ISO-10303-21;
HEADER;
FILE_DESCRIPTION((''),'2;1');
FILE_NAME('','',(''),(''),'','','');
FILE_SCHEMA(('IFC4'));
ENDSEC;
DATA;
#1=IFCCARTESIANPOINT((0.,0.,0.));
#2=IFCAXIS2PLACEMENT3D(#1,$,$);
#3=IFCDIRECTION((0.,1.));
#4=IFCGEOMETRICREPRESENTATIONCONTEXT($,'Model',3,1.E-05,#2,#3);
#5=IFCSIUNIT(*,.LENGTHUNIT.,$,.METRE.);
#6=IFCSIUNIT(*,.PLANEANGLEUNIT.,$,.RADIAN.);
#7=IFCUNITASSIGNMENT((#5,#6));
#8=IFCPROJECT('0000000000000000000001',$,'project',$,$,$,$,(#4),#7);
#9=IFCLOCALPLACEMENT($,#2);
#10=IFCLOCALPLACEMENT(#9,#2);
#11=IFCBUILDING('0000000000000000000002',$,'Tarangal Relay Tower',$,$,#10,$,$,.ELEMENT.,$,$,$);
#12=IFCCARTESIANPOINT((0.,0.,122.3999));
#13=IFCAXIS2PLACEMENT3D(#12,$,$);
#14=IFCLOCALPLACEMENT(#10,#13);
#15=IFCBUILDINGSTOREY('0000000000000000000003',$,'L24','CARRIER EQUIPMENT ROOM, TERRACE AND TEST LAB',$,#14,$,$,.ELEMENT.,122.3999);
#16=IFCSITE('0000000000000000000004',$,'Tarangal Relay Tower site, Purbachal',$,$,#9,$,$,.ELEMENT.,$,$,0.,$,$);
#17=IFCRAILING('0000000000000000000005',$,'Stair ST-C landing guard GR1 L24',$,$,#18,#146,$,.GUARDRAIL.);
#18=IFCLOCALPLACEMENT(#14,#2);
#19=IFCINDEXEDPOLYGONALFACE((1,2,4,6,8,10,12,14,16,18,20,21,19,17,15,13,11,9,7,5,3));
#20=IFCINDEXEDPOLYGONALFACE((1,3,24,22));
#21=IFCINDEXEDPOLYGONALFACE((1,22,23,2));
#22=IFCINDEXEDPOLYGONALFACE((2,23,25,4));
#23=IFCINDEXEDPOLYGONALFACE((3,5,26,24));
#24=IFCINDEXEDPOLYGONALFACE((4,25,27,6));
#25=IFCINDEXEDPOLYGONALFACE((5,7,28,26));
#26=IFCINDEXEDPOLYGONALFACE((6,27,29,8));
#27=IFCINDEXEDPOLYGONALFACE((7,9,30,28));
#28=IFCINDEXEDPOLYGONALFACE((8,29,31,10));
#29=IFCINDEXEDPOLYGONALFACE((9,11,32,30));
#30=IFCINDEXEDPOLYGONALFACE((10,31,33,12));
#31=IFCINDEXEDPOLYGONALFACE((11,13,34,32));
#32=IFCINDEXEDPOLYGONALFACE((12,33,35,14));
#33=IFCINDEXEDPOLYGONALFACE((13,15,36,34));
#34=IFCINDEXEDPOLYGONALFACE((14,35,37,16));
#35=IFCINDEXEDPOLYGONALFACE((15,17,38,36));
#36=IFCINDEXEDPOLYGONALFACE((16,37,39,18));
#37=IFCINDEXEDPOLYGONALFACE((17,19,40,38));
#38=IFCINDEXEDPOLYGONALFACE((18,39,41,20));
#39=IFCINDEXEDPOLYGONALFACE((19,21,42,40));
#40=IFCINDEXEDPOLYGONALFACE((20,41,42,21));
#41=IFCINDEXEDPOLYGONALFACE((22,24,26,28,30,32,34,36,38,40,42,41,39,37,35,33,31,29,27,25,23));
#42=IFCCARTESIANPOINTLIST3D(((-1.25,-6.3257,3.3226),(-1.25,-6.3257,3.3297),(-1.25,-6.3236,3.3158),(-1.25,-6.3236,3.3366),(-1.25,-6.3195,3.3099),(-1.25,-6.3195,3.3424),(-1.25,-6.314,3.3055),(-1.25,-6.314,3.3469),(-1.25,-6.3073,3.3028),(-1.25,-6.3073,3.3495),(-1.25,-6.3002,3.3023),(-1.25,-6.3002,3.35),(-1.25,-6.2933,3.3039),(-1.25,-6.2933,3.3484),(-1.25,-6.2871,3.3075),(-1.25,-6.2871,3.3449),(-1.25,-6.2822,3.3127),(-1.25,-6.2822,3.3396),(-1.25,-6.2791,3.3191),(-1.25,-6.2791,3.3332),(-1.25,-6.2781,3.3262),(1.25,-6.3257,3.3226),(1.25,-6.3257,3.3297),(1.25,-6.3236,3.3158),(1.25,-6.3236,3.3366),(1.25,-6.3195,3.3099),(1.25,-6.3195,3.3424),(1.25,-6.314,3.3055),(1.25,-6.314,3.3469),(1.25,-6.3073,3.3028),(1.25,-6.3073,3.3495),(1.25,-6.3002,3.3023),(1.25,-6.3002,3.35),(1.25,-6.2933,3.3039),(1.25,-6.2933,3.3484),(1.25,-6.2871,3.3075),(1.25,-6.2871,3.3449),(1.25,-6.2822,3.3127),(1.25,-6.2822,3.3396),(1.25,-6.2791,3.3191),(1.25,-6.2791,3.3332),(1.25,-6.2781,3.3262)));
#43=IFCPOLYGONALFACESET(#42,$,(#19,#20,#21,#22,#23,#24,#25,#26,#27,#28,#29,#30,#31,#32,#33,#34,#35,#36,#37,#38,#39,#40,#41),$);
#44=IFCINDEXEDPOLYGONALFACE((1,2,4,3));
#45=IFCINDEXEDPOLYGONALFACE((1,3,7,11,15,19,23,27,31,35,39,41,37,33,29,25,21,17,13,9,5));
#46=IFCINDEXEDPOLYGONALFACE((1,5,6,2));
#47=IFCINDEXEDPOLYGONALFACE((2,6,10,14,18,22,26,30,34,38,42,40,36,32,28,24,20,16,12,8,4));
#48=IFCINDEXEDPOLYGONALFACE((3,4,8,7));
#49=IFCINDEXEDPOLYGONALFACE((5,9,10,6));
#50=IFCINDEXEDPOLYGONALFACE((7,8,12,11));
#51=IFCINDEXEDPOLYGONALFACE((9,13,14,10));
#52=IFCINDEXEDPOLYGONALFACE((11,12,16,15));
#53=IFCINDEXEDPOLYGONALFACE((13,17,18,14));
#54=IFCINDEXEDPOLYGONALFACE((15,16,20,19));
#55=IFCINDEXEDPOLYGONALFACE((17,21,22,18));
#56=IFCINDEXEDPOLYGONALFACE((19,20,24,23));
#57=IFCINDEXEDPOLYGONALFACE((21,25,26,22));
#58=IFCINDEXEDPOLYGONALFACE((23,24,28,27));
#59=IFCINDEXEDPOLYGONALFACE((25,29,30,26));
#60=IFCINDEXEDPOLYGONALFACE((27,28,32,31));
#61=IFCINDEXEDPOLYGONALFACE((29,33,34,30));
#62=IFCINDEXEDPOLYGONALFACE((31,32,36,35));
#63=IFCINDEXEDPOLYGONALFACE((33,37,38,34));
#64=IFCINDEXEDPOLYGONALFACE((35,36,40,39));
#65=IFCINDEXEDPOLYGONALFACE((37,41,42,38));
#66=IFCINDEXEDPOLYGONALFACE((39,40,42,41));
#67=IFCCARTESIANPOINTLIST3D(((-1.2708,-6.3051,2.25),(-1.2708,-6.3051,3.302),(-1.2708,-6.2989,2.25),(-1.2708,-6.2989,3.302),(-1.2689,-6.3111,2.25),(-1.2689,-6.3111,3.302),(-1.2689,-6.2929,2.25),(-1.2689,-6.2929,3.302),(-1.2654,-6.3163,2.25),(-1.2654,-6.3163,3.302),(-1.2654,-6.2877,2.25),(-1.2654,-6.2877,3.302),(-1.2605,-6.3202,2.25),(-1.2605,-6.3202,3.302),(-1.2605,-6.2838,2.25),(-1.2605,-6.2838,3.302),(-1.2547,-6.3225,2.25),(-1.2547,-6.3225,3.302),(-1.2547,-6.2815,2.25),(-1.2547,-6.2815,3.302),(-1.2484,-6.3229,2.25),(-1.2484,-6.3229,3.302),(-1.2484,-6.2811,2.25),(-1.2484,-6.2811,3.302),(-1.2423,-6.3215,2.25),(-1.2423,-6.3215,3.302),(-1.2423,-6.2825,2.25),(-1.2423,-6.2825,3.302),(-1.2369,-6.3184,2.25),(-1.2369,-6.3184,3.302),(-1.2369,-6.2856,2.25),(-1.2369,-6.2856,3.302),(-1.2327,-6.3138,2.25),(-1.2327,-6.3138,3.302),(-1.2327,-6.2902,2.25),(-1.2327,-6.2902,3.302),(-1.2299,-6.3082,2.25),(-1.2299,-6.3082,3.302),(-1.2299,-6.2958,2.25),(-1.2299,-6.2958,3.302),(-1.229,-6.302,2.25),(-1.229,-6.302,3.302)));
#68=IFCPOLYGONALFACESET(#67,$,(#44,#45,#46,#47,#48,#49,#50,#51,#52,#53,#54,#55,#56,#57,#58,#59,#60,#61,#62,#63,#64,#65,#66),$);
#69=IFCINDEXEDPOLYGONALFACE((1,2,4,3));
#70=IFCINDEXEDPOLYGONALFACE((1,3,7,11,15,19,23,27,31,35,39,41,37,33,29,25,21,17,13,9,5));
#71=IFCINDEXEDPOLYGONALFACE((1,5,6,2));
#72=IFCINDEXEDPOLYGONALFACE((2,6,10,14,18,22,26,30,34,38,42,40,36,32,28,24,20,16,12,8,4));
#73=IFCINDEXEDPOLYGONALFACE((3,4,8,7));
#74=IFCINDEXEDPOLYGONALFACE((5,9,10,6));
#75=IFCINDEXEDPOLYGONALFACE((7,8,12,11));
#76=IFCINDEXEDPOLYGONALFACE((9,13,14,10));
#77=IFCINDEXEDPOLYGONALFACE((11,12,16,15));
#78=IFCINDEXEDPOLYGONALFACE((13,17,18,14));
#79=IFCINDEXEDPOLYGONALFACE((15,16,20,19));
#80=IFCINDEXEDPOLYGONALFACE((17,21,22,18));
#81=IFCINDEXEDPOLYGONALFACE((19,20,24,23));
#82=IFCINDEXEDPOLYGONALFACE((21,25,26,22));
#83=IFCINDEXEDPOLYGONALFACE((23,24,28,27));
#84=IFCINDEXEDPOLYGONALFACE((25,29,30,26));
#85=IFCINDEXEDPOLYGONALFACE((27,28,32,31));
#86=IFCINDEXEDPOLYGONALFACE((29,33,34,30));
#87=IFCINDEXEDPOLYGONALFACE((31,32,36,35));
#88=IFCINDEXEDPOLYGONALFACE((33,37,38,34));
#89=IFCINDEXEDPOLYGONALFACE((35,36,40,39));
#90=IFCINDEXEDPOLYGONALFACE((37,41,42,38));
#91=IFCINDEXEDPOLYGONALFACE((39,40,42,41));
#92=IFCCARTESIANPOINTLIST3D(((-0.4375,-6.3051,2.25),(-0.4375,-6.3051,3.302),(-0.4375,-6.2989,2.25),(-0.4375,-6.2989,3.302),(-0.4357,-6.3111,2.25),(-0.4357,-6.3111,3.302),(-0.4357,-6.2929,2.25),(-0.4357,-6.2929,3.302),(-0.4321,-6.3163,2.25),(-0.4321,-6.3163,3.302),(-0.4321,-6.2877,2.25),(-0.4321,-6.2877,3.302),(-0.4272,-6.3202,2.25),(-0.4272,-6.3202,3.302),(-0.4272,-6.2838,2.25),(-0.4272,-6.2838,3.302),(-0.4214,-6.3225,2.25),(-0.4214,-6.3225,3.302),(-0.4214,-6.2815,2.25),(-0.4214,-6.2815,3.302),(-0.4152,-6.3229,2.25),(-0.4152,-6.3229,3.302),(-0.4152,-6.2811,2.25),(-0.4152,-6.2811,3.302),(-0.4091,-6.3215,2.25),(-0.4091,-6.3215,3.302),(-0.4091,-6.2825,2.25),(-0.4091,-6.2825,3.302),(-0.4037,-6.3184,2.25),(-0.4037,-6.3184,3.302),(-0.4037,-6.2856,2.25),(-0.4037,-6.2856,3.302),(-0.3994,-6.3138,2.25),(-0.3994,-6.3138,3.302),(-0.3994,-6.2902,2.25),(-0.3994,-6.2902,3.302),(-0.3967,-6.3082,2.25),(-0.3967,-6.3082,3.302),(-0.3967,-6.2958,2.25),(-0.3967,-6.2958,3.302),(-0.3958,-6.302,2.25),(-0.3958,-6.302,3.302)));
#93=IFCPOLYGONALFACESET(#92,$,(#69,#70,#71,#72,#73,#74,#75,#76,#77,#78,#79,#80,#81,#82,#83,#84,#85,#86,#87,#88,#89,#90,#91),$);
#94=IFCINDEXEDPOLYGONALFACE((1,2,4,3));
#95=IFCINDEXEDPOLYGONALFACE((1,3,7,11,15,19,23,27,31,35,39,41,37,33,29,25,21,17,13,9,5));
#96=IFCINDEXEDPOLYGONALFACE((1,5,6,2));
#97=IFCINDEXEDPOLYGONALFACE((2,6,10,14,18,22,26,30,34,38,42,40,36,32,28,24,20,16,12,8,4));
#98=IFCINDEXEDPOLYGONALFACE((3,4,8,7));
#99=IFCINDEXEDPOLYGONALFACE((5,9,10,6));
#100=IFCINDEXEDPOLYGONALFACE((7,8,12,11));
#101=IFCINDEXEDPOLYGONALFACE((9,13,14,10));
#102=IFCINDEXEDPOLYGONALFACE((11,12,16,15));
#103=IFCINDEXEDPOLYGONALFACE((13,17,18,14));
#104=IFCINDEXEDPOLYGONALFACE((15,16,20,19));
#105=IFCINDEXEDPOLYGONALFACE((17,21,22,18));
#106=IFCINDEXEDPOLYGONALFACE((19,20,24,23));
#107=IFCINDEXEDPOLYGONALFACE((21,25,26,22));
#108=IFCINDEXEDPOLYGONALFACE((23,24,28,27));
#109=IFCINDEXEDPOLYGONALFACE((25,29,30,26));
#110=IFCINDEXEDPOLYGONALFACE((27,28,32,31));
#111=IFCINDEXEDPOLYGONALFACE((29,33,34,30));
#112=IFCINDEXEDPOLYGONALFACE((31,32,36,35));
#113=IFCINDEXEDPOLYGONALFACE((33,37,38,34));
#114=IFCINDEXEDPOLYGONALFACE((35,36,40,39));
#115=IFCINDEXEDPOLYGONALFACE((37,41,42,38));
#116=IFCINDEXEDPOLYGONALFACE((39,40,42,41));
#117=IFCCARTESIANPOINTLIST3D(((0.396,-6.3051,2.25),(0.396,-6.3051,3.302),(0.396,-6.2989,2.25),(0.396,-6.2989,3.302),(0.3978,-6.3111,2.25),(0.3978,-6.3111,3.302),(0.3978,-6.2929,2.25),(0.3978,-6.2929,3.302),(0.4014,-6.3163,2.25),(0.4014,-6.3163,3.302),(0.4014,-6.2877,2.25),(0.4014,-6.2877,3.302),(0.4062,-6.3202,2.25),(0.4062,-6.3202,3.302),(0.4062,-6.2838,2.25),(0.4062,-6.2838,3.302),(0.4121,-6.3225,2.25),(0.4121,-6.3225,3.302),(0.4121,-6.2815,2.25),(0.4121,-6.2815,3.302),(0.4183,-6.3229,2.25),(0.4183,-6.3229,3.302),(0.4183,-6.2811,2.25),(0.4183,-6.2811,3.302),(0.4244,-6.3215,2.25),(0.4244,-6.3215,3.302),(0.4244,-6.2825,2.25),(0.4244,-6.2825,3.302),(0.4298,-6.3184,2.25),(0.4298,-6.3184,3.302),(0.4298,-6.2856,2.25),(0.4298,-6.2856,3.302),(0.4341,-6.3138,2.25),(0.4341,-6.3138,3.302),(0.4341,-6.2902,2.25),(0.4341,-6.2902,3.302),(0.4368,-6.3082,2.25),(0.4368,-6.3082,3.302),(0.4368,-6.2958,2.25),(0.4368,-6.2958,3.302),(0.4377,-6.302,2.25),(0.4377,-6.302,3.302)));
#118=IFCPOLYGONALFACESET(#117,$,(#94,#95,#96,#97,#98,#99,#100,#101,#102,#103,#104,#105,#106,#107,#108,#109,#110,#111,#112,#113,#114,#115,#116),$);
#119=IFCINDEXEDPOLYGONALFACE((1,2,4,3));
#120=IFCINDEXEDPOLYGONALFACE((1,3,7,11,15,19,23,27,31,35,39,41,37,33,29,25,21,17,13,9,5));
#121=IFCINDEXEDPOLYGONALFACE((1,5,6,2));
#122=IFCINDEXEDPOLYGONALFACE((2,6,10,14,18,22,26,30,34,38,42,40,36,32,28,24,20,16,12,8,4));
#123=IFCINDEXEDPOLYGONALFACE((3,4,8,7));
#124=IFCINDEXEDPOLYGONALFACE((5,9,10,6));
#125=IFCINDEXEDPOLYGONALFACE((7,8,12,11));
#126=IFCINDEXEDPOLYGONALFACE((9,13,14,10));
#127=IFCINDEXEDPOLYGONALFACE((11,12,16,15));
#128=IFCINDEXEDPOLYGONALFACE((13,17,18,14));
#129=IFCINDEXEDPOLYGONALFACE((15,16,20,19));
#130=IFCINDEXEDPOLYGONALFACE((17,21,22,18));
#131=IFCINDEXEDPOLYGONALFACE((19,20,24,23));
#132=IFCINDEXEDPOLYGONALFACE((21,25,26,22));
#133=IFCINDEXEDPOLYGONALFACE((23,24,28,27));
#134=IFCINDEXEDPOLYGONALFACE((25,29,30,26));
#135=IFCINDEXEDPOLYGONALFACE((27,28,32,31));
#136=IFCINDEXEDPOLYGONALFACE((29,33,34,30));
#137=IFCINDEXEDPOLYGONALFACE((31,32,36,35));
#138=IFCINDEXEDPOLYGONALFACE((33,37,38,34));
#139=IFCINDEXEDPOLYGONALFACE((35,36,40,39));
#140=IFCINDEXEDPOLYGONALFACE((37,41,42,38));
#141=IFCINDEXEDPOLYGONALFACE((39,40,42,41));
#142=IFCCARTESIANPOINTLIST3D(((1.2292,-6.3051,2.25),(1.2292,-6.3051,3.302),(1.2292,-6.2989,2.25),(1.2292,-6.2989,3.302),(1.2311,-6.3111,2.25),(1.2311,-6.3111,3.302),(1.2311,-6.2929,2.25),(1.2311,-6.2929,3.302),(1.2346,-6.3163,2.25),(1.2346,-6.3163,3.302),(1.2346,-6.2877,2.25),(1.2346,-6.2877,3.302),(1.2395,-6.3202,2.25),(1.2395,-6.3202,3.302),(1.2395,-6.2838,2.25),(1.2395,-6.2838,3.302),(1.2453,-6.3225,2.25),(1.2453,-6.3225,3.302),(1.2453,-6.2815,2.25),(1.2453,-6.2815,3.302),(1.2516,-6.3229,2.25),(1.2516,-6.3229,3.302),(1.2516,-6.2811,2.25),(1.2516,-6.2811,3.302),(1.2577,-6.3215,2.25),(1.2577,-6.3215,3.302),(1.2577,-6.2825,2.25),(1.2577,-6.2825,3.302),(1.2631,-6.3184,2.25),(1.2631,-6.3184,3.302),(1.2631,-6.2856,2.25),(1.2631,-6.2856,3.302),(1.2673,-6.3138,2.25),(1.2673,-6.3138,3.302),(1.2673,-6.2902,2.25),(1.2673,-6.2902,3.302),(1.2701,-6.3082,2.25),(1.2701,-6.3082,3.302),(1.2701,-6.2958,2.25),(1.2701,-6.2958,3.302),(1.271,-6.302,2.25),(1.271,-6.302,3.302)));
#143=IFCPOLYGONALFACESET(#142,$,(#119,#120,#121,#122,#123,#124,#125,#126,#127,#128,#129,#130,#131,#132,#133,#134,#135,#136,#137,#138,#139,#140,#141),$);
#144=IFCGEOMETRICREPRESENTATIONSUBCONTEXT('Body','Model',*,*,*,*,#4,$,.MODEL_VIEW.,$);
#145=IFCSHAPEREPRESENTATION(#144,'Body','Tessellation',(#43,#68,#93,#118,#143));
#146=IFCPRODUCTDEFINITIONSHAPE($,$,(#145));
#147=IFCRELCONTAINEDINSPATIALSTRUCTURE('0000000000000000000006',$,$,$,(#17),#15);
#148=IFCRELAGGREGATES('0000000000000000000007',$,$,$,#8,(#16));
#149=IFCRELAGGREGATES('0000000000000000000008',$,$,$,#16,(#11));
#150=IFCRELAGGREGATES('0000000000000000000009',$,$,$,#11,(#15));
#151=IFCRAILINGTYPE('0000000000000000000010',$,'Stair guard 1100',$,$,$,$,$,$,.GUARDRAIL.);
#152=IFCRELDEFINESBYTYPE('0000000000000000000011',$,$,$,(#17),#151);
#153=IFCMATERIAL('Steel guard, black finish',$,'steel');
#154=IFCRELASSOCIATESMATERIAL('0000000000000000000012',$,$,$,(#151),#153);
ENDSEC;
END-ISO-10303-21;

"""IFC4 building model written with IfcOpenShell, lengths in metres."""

from ifc_helpers import new_model, si_unit, direction, frame, origin, origin_2d, place, context, subcontext, project, spatial, circle, extrude, material, type_object, element, save


model = new_model("IFC4")

# Units and contexts
model_context = context("Model", 3, precision=1e-05, world=origin(), true_north=direction((0.0, 1.0)))
body_context = subcontext(model_context, "Body", "Model", "MODEL_VIEW")
ifc_project = project(units=[si_unit("LENGTHUNIT", "METRE"), si_unit("PLANEANGLEUNIT", "RADIAN")], contexts=[model_context])

# Site, building, storey
site_placement = place(None, origin())
site = spatial("IfcSite", under=ifc_project, at=site_placement, Name="Tarangal Relay Tower site, Purbachal", CompositionType="ELEMENT", RefElevation=0.0)
building_placement = place(site_placement, origin())
building = spatial("IfcBuilding", under=site, at=building_placement, Name="Tarangal Relay Tower", CompositionType="ELEMENT")
storey_placement = place(building_placement, frame((0.0, 0.0, 122.3999)))
storey = spatial("IfcBuildingStorey", under=building, at=storey_placement, Name="L24", Description="CARRIER EQUIPMENT ROOM, TERRACE AND TEST LAB", CompositionType="ELEMENT", Elevation=122.3999)

# Railing
ifc_material_1 = material(Name="Steel guard, black finish", Category="steel")
railing_type_1 = type_object("IfcRailingType", Name="Stair guard 1100", PredefinedType="GUARDRAIL", material=ifc_material_1)
for number, where, name in (
    (1, (-1.25, -6.302, 2.25), "Stair ST-C landing guard GR1 L24"),
):
    element("IfcRailing", number, at=place(storey_placement, frame(where)), inside=storey, type_object=railing_type_1, Name=name, PredefinedType="GUARDRAIL", context=body_context, shape_type="SweptSolid", body=[
        extrude(circle(Radius=0.0239, at=origin_2d()), frame((0.0, 0.0, 1.0762), z_axis=(1.0, 0.0, 0.0), x_axis=(0.0, 1.0, 0.0)), (0.0, 0.0, 1.0), 2.5),
        extrude(circle(Radius=0.021, at=origin_2d()), origin(), (0.0, 0.0, 1.0), 1.052),
        extrude(circle(Radius=0.021, at=origin_2d()), frame((0.8333, 0.0, 0.0)), (0.0, 0.0, 1.0), 1.052),
        extrude(circle(Radius=0.021, at=origin_2d()), frame((1.6667, 0.0, 0.0)), (0.0, 0.0, 1.0), 1.052),
        extrude(circle(Radius=0.021, at=origin_2d()), frame((2.5, 0.0, 0.0)), (0.0, 0.0, 1.0), 1.052),
    ])

save(model, "model.ifc")
